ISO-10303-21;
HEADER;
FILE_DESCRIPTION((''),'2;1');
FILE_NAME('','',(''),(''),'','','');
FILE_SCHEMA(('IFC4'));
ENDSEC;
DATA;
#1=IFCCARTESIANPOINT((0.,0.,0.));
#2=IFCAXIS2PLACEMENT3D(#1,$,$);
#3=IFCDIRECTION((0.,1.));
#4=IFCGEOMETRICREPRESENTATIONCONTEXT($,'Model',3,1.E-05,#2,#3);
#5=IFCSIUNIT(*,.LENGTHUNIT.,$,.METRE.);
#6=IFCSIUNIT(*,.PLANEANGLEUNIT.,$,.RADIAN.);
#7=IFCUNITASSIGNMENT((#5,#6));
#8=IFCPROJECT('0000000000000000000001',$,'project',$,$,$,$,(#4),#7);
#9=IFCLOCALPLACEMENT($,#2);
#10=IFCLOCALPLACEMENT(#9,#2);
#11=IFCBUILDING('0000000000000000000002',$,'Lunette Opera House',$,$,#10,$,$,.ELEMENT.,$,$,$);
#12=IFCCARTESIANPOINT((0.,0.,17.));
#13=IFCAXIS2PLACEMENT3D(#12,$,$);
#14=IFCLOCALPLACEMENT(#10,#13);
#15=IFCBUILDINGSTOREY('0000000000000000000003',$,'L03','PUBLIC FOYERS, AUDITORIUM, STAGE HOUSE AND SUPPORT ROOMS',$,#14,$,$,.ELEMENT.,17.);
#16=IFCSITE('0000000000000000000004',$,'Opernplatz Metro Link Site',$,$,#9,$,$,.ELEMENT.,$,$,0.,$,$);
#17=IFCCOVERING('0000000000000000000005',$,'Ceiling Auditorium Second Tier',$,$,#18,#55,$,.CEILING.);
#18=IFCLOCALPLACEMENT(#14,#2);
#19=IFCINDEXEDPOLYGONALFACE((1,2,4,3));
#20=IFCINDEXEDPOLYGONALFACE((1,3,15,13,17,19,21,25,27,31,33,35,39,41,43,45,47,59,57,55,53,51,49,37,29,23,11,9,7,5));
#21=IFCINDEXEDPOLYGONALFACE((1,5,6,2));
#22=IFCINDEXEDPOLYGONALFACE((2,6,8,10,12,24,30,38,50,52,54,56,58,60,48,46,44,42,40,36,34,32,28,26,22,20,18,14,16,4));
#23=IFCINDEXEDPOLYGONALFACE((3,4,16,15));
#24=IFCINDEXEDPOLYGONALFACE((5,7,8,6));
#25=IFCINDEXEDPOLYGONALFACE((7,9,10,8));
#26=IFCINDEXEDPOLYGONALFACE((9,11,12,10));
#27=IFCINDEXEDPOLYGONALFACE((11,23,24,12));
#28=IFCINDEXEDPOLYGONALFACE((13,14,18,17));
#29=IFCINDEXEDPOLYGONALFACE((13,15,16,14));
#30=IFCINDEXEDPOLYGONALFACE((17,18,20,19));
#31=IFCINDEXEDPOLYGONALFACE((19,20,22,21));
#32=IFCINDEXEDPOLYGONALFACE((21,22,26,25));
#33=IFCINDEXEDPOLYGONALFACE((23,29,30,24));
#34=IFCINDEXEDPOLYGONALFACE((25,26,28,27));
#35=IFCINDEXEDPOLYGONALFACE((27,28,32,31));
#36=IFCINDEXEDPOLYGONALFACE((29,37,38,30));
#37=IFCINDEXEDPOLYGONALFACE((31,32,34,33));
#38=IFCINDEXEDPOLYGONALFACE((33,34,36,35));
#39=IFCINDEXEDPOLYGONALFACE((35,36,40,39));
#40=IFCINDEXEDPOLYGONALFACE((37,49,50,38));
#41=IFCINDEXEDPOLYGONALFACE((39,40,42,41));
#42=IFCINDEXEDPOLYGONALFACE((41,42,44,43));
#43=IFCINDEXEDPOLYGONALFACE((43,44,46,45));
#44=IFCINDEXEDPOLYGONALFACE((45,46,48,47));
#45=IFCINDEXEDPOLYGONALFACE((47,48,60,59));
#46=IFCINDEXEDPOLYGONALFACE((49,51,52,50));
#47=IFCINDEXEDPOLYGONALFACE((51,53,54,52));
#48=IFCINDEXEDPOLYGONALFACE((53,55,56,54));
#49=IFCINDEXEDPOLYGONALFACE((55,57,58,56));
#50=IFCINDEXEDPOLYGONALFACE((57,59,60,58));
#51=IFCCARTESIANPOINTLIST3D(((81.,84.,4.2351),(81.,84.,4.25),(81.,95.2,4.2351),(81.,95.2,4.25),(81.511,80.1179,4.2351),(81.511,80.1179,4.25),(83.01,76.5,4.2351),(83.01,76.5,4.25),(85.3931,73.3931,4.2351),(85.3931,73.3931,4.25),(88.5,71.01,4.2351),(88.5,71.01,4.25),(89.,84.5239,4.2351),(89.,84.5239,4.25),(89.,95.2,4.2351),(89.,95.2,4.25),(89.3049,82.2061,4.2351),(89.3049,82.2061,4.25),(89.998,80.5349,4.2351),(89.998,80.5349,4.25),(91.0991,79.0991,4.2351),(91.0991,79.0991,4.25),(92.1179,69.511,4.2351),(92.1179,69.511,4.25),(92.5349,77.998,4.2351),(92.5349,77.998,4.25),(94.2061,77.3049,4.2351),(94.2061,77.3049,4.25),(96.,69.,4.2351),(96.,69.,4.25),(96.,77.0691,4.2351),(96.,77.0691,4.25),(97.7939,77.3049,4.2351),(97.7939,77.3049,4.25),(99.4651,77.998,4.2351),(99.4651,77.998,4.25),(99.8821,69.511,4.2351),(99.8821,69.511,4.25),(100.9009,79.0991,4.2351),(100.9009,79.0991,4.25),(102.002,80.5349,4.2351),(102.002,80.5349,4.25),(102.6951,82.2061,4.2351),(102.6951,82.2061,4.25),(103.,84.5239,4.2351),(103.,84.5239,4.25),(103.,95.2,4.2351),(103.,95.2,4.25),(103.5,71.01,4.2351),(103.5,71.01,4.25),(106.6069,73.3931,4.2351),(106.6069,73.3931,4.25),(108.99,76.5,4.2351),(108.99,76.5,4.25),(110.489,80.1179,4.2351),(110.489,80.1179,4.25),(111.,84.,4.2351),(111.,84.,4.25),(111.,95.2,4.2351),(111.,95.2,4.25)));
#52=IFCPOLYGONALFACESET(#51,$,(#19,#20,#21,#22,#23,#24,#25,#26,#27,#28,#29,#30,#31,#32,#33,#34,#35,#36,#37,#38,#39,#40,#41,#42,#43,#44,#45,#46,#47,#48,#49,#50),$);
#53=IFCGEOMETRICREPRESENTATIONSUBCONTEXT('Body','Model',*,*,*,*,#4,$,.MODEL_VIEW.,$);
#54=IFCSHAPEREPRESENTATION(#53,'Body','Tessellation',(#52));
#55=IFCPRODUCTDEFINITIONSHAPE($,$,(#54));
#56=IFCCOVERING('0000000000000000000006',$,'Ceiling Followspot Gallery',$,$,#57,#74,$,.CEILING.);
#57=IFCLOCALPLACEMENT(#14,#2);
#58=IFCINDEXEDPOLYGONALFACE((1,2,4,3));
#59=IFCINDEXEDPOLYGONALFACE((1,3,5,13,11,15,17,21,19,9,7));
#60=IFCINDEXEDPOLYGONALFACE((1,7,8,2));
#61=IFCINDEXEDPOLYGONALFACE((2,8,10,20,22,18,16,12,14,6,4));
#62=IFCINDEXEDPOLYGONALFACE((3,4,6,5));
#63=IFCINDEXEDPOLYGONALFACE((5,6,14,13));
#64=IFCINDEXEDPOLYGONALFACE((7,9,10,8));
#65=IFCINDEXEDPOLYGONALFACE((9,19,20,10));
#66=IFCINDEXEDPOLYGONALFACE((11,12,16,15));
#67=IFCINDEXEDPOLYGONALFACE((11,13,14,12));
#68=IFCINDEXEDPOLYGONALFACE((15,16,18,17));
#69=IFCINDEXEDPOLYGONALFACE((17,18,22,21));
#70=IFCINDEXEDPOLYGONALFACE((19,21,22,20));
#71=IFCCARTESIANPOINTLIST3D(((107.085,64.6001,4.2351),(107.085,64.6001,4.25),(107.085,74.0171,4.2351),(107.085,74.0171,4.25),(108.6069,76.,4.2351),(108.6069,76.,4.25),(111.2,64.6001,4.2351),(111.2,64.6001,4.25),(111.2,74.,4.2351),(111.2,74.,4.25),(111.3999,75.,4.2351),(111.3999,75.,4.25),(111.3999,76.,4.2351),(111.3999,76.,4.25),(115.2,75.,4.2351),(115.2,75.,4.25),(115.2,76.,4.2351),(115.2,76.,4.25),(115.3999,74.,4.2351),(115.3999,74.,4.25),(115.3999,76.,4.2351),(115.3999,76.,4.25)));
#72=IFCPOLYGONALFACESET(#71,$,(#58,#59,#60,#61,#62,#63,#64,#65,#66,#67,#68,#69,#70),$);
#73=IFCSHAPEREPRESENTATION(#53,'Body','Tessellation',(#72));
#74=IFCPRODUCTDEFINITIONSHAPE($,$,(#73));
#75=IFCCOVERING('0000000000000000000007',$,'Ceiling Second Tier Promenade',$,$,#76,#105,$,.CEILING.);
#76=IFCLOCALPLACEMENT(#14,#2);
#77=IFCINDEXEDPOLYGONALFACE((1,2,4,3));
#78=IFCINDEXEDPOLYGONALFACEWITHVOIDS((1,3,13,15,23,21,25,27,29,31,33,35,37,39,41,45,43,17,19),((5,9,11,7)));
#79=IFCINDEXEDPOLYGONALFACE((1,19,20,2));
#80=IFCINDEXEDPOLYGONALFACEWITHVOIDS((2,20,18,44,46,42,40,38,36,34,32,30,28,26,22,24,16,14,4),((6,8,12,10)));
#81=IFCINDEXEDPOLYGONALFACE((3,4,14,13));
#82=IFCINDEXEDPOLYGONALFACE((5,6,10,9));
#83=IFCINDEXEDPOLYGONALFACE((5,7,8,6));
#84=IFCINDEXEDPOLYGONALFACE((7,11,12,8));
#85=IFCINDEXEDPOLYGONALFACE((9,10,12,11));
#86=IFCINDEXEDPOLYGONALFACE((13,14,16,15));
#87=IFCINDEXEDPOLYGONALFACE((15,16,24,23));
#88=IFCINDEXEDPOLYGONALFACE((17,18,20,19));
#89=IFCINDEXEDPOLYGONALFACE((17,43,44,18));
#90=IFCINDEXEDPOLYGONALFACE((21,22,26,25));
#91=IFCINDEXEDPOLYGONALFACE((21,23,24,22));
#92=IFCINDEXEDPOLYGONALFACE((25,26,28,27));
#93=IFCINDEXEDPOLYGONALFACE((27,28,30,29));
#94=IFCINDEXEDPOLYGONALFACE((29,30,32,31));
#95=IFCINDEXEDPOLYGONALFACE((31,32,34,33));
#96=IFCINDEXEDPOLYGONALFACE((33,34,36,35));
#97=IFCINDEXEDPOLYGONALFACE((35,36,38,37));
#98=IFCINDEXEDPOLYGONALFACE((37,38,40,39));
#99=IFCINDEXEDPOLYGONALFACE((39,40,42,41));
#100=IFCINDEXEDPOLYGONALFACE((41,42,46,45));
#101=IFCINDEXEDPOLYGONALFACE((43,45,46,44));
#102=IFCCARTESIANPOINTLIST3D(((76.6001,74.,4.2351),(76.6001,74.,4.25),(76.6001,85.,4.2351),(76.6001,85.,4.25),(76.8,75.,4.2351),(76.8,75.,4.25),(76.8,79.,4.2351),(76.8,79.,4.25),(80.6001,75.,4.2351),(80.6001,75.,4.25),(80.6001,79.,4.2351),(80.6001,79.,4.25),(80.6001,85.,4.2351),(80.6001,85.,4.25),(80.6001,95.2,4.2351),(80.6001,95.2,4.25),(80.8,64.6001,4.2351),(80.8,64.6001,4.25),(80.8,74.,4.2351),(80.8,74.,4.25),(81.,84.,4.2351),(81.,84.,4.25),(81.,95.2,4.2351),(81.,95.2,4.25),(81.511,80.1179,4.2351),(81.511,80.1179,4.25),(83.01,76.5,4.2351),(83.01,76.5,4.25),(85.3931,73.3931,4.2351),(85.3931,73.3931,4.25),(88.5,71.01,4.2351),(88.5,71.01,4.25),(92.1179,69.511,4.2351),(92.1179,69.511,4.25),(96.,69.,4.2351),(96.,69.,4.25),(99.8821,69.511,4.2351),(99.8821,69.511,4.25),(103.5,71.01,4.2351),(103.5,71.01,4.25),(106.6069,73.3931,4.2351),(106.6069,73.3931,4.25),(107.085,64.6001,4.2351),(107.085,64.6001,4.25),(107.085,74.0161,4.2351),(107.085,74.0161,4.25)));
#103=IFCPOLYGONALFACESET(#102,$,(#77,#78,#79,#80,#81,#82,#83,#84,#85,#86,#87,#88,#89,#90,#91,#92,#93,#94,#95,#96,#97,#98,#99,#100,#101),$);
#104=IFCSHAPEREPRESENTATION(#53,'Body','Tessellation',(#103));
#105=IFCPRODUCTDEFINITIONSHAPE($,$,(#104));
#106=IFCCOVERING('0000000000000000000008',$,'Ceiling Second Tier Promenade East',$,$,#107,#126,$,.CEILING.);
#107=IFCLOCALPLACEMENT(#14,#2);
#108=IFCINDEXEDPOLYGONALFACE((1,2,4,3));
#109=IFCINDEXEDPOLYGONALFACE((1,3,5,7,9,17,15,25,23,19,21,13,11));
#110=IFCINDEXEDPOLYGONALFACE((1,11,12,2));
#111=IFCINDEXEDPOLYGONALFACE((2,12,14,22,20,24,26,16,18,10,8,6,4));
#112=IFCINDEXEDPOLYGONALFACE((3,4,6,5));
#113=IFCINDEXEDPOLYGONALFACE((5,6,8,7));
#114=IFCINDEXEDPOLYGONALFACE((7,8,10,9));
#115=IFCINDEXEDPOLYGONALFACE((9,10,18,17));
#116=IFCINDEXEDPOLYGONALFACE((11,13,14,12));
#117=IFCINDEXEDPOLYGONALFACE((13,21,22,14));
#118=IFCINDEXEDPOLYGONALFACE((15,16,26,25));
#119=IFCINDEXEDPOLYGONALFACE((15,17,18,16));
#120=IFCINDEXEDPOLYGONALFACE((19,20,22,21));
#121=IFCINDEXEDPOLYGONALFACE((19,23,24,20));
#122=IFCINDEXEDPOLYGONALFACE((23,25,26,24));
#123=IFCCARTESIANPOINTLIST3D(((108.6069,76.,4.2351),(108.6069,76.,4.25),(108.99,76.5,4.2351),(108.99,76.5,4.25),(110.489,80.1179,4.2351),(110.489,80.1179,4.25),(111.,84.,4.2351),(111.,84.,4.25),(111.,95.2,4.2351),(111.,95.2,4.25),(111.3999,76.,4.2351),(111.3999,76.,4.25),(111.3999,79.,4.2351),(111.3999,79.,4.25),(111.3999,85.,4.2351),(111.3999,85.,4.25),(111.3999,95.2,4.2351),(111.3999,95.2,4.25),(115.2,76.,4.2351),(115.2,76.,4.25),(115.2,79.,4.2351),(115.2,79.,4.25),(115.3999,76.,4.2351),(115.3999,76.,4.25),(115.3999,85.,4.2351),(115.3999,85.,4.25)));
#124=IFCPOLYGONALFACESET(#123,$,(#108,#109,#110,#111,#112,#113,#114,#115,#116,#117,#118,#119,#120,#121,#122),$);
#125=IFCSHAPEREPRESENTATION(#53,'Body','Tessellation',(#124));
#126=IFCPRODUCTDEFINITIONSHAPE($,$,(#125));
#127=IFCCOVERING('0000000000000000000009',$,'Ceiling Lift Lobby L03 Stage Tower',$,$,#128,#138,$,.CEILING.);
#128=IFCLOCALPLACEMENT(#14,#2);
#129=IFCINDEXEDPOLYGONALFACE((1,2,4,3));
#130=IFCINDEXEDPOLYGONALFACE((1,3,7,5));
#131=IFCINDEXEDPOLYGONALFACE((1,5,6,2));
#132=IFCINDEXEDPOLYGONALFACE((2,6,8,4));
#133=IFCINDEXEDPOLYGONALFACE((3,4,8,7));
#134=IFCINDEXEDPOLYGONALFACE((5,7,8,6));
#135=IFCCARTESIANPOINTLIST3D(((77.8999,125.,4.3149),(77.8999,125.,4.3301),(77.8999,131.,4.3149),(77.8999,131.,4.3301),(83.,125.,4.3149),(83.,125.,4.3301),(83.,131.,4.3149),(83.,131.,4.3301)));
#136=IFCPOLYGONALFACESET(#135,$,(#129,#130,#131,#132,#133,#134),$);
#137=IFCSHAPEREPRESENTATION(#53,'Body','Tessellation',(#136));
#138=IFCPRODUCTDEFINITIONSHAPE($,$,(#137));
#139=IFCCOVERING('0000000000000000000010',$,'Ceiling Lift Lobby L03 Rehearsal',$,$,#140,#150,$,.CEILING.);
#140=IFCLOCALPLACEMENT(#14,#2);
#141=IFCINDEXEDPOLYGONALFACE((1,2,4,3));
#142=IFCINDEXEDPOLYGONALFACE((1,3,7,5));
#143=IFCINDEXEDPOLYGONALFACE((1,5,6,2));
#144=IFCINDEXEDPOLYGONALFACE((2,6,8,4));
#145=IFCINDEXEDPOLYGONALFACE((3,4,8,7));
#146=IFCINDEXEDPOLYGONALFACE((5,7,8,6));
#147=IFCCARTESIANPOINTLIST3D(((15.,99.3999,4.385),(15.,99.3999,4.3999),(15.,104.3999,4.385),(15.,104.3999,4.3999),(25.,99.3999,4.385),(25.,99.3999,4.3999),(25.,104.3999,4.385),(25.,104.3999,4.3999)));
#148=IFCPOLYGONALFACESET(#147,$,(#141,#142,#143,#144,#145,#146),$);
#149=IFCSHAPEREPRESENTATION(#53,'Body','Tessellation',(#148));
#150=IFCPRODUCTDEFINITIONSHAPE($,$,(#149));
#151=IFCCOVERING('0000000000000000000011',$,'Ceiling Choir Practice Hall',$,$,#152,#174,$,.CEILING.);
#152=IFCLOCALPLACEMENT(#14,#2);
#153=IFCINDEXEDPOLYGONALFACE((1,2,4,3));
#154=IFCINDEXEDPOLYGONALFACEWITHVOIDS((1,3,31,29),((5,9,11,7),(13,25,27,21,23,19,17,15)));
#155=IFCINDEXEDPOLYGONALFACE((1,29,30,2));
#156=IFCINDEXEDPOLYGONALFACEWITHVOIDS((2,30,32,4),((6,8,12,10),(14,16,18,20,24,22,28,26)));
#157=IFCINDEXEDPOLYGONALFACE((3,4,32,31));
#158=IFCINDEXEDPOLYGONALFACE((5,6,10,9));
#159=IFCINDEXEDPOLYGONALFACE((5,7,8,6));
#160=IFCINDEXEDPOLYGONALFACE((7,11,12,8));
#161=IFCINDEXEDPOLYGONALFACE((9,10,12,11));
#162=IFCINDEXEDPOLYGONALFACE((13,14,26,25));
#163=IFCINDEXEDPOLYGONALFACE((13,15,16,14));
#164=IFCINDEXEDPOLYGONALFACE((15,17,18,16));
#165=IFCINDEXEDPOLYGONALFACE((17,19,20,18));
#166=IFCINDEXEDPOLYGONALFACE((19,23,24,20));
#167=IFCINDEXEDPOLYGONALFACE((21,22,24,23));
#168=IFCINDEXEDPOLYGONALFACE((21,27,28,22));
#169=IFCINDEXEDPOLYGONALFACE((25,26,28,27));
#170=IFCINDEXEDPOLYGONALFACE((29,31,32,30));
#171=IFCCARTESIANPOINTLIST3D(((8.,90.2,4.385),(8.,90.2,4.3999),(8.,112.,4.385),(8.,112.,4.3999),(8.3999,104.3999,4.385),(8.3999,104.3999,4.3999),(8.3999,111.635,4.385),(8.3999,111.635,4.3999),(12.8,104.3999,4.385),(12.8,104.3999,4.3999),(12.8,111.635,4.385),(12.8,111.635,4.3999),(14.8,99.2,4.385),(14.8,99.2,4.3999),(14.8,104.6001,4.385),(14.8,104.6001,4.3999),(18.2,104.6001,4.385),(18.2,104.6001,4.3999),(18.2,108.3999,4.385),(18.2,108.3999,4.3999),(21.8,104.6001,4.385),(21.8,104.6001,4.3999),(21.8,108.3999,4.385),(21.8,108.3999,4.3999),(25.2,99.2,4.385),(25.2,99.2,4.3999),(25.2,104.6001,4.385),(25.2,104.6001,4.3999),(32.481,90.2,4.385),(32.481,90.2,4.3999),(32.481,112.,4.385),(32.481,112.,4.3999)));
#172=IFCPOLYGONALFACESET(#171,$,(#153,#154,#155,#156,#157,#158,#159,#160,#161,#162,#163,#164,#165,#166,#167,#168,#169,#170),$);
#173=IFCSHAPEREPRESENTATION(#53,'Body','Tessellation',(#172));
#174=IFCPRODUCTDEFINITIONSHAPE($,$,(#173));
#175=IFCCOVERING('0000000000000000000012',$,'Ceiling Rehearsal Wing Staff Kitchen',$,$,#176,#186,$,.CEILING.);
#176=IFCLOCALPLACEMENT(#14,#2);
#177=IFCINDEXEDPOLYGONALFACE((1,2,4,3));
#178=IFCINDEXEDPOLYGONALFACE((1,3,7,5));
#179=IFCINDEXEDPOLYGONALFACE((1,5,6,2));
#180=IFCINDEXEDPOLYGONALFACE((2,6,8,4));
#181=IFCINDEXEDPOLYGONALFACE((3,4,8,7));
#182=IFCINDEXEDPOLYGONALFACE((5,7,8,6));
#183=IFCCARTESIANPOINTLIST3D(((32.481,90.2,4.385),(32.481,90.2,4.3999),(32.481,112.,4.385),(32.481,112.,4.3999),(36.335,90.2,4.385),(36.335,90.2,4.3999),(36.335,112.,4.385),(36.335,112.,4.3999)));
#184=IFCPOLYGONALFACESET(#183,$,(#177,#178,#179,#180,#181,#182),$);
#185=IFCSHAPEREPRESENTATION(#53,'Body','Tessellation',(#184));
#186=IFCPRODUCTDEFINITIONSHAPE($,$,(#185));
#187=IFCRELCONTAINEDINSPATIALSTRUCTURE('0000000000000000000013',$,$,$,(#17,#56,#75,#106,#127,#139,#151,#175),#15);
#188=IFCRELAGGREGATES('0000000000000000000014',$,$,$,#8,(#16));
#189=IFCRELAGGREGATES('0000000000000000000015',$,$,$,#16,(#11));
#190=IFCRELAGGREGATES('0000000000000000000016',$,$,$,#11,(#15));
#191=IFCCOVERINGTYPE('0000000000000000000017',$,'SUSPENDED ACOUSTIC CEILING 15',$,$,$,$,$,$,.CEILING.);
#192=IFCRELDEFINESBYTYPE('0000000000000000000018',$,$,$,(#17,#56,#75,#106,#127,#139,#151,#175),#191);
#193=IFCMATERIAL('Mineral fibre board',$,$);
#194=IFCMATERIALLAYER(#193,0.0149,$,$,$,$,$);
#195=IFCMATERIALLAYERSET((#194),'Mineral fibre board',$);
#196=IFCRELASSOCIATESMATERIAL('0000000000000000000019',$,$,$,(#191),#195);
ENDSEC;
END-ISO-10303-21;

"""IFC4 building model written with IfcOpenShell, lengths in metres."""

from ifc_helpers import new_model, si_unit, direction, frame, origin, place, context, subcontext, project, spatial, polyline, outline, extrude, material, layer, layer_set, type_object, element, save


model = new_model("IFC4")

# Units and contexts
model_context = context("Model", 3, precision=1e-05, world=origin(), true_north=direction((0.0, 1.0)))
body_context = subcontext(model_context, "Body", "Model", "MODEL_VIEW")
ifc_project = project(units=[si_unit("LENGTHUNIT", "METRE"), si_unit("PLANEANGLEUNIT", "RADIAN")], contexts=[model_context])

# Site, building, storey
site_placement = place(None, origin())
site = spatial("IfcSite", under=ifc_project, at=site_placement, Name="Opernplatz Metro Link Site", CompositionType="ELEMENT", RefElevation=0.0)
building_placement = place(site_placement, origin())
building = spatial("IfcBuilding", under=site, at=building_placement, Name="Lunette Opera House", CompositionType="ELEMENT")
storey_placement = place(building_placement, frame((0.0, 0.0, 17.0)))
storey = spatial("IfcBuildingStorey", under=building, at=storey_placement, Name="L03", Description="PUBLIC FOYERS, AUDITORIUM, STAGE HOUSE AND SUPPORT ROOMS", CompositionType="ELEMENT", Elevation=17.0)

# Coverings
ifc_material_1 = material(Name="Mineral fibre board")
ifc_layer_1 = layer(ifc_material_1, 0.0149)
ifc_layer_set_1 = layer_set([ifc_layer_1], Name="Mineral fibre board")
covering_type = type_object("IfcCoveringType", Name="SUSPENDED ACOUSTIC CEILING 15", PredefinedType="CEILING", material=ifc_layer_set_1)
covering_1_placement = place(storey_placement, frame((0.0, 0.0, 4.2351)))
element("IfcCovering", 1, at=covering_1_placement, inside=storey, type_object=covering_type, Name="Ceiling Auditorium Second Tier", PredefinedType="CEILING", context=body_context, shape_type="SweptSolid", body=[
    extrude(outline(polyline([(111.0, 84.0), (110.489, 80.1179), (108.99, 76.5), (106.6069, 73.3931), (103.5, 71.01), (99.8821, 69.511), (96.0, 69.0), (92.1179, 69.511), (88.5, 71.01), (85.3931, 73.3931), (83.01, 76.5), (81.511, 80.1179), (81.0, 84.0), (81.0, 95.2), (89.0, 95.2), (89.0, 84.5239), (89.3049, 82.2061), (89.998, 80.5349), (91.0991, 79.0991), (92.5349, 77.998), (94.2061, 77.3049), (96.0, 77.0691), (97.7939, 77.3049), (99.4651, 77.998), (100.9009, 79.0991), (102.002, 80.5349), (102.6951, 82.2061), (103.0, 84.5239), (103.0, 95.2), (111.0, 95.2), (111.0, 84.0)])), origin(), (0.0, 0.0, 1.0), 0.0149),
])
covering_2_placement = place(storey_placement, frame((0.0, 0.0, 4.2351)))
element("IfcCovering", 2, at=covering_2_placement, inside=storey, type_object=covering_type, Name="Ceiling Followspot Gallery", PredefinedType="CEILING", context=body_context, shape_type="SweptSolid", body=[
    extrude(outline(polyline([(107.085, 64.6001), (107.085, 74.0171), (108.6069, 76.0), (111.3999, 76.0), (111.3999, 75.0), (115.2, 75.0), (115.2, 76.0), (115.3999, 76.0), (115.3999, 74.0), (111.2, 74.0), (111.2, 64.6001), (107.085, 64.6001)])), origin(), (0.0, 0.0, 1.0), 0.0149),
])
covering_3_placement = place(storey_placement, frame((0.0, 0.0, 4.2351)))
element("IfcCovering", 3, at=covering_3_placement, inside=storey, type_object=covering_type, Name="Ceiling Second Tier Promenade", PredefinedType="CEILING", context=body_context, shape_type="SweptSolid", body=[
    extrude(outline(polyline([(80.8, 74.0), (76.6001, 74.0), (76.6001, 85.0), (80.6001, 85.0), (80.6001, 95.2), (81.0, 95.2), (81.0, 84.0), (81.511, 80.1179), (83.01, 76.5), (85.3931, 73.3931), (88.5, 71.01), (92.1179, 69.511), (96.0, 69.0), (99.8821, 69.511), (103.5, 71.01), (106.6069, 73.3931), (107.085, 74.0161), (107.085, 64.6001), (80.8, 64.6001), (80.8, 74.0)]), holes=[polyline([(80.6001, 79.0), (76.8, 79.0), (76.8, 75.0), (80.6001, 75.0), (80.6001, 79.0)])]), origin(), (0.0, 0.0, 1.0), 0.0149),
])
covering_4_placement = place(storey_placement, frame((0.0, 0.0, 4.2351)))
element("IfcCovering", 4, at=covering_4_placement, inside=storey, type_object=covering_type, Name="Ceiling Second Tier Promenade East", PredefinedType="CEILING", context=body_context, shape_type="SweptSolid", body=[
    extrude(outline(polyline([(110.489, 80.1179), (111.0, 84.0), (111.0, 95.2), (111.3999, 95.2), (111.3999, 85.0), (115.3999, 85.0), (115.3999, 76.0), (115.2, 76.0), (115.2, 79.0), (111.3999, 79.0), (111.3999, 76.0), (108.6069, 76.0), (108.99, 76.5), (110.489, 80.1179)])), origin(), (0.0, 0.0, 1.0), 0.0149),
])
covering_5_placement = place(storey_placement, frame((0.0, 0.0, 4.3149)))
element("IfcCovering", 5, at=covering_5_placement, inside=storey, type_object=covering_type, Name="Ceiling Lift Lobby L03 Stage Tower", PredefinedType="CEILING", context=body_context, shape_type="SweptSolid", body=[
    extrude(outline(polyline([(83.0, 125.0), (83.0, 131.0), (77.8999, 131.0), (77.8999, 125.0), (83.0, 125.0)])), origin(), (0.0, 0.0, 1.0), 0.0151),
])
covering_6_placement = place(storey_placement, frame((0.0, 0.0, 4.385)))
element("IfcCovering", 6, at=covering_6_placement, inside=storey, type_object=covering_type, Name="Ceiling Lift Lobby L03 Rehearsal", PredefinedType="CEILING", context=body_context, shape_type="SweptSolid", body=[
    extrude(outline(polyline([(25.0, 99.3999), (25.0, 104.3999), (15.0, 104.3999), (15.0, 99.3999), (25.0, 99.3999)])), origin(), (0.0, 0.0, 1.0), 0.0149),
])
covering_7_placement = place(storey_placement, frame((0.0, 0.0, 4.385)))
element("IfcCovering", 7, at=covering_7_placement, inside=storey, type_object=covering_type, Name="Ceiling Choir Practice Hall", PredefinedType="CEILING", context=body_context, shape_type="SweptSolid", body=[
    extrude(outline(polyline([(8.0, 112.0), (32.481, 112.0), (32.481, 90.2), (8.0, 90.2), (8.0, 112.0)]), holes=[polyline([(14.8, 104.6001), (14.8, 99.2), (25.2, 99.2), (25.2, 104.6001), (21.8, 104.6001), (21.8, 108.3999), (18.2, 108.3999), (18.2, 104.6001), (14.8, 104.6001)]), polyline([(8.3999, 111.635), (8.3999, 104.3999), (12.8, 104.3999), (12.8, 111.635), (8.3999, 111.635)])]), origin(), (0.0, 0.0, 1.0), 0.0149),
])
covering_8_placement = place(storey_placement, frame((0.0, 0.0, 4.385)))
element("IfcCovering", 8, at=covering_8_placement, inside=storey, type_object=covering_type, Name="Ceiling Rehearsal Wing Staff Kitchen", PredefinedType="CEILING", context=body_context, shape_type="SweptSolid", body=[
    extrude(outline(polyline([(32.481, 90.2), (32.481, 112.0), (36.335, 112.0), (36.335, 90.2), (32.481, 90.2)])), origin(), (0.0, 0.0, 1.0), 0.0149),
])

save(model, "model.ifc")
